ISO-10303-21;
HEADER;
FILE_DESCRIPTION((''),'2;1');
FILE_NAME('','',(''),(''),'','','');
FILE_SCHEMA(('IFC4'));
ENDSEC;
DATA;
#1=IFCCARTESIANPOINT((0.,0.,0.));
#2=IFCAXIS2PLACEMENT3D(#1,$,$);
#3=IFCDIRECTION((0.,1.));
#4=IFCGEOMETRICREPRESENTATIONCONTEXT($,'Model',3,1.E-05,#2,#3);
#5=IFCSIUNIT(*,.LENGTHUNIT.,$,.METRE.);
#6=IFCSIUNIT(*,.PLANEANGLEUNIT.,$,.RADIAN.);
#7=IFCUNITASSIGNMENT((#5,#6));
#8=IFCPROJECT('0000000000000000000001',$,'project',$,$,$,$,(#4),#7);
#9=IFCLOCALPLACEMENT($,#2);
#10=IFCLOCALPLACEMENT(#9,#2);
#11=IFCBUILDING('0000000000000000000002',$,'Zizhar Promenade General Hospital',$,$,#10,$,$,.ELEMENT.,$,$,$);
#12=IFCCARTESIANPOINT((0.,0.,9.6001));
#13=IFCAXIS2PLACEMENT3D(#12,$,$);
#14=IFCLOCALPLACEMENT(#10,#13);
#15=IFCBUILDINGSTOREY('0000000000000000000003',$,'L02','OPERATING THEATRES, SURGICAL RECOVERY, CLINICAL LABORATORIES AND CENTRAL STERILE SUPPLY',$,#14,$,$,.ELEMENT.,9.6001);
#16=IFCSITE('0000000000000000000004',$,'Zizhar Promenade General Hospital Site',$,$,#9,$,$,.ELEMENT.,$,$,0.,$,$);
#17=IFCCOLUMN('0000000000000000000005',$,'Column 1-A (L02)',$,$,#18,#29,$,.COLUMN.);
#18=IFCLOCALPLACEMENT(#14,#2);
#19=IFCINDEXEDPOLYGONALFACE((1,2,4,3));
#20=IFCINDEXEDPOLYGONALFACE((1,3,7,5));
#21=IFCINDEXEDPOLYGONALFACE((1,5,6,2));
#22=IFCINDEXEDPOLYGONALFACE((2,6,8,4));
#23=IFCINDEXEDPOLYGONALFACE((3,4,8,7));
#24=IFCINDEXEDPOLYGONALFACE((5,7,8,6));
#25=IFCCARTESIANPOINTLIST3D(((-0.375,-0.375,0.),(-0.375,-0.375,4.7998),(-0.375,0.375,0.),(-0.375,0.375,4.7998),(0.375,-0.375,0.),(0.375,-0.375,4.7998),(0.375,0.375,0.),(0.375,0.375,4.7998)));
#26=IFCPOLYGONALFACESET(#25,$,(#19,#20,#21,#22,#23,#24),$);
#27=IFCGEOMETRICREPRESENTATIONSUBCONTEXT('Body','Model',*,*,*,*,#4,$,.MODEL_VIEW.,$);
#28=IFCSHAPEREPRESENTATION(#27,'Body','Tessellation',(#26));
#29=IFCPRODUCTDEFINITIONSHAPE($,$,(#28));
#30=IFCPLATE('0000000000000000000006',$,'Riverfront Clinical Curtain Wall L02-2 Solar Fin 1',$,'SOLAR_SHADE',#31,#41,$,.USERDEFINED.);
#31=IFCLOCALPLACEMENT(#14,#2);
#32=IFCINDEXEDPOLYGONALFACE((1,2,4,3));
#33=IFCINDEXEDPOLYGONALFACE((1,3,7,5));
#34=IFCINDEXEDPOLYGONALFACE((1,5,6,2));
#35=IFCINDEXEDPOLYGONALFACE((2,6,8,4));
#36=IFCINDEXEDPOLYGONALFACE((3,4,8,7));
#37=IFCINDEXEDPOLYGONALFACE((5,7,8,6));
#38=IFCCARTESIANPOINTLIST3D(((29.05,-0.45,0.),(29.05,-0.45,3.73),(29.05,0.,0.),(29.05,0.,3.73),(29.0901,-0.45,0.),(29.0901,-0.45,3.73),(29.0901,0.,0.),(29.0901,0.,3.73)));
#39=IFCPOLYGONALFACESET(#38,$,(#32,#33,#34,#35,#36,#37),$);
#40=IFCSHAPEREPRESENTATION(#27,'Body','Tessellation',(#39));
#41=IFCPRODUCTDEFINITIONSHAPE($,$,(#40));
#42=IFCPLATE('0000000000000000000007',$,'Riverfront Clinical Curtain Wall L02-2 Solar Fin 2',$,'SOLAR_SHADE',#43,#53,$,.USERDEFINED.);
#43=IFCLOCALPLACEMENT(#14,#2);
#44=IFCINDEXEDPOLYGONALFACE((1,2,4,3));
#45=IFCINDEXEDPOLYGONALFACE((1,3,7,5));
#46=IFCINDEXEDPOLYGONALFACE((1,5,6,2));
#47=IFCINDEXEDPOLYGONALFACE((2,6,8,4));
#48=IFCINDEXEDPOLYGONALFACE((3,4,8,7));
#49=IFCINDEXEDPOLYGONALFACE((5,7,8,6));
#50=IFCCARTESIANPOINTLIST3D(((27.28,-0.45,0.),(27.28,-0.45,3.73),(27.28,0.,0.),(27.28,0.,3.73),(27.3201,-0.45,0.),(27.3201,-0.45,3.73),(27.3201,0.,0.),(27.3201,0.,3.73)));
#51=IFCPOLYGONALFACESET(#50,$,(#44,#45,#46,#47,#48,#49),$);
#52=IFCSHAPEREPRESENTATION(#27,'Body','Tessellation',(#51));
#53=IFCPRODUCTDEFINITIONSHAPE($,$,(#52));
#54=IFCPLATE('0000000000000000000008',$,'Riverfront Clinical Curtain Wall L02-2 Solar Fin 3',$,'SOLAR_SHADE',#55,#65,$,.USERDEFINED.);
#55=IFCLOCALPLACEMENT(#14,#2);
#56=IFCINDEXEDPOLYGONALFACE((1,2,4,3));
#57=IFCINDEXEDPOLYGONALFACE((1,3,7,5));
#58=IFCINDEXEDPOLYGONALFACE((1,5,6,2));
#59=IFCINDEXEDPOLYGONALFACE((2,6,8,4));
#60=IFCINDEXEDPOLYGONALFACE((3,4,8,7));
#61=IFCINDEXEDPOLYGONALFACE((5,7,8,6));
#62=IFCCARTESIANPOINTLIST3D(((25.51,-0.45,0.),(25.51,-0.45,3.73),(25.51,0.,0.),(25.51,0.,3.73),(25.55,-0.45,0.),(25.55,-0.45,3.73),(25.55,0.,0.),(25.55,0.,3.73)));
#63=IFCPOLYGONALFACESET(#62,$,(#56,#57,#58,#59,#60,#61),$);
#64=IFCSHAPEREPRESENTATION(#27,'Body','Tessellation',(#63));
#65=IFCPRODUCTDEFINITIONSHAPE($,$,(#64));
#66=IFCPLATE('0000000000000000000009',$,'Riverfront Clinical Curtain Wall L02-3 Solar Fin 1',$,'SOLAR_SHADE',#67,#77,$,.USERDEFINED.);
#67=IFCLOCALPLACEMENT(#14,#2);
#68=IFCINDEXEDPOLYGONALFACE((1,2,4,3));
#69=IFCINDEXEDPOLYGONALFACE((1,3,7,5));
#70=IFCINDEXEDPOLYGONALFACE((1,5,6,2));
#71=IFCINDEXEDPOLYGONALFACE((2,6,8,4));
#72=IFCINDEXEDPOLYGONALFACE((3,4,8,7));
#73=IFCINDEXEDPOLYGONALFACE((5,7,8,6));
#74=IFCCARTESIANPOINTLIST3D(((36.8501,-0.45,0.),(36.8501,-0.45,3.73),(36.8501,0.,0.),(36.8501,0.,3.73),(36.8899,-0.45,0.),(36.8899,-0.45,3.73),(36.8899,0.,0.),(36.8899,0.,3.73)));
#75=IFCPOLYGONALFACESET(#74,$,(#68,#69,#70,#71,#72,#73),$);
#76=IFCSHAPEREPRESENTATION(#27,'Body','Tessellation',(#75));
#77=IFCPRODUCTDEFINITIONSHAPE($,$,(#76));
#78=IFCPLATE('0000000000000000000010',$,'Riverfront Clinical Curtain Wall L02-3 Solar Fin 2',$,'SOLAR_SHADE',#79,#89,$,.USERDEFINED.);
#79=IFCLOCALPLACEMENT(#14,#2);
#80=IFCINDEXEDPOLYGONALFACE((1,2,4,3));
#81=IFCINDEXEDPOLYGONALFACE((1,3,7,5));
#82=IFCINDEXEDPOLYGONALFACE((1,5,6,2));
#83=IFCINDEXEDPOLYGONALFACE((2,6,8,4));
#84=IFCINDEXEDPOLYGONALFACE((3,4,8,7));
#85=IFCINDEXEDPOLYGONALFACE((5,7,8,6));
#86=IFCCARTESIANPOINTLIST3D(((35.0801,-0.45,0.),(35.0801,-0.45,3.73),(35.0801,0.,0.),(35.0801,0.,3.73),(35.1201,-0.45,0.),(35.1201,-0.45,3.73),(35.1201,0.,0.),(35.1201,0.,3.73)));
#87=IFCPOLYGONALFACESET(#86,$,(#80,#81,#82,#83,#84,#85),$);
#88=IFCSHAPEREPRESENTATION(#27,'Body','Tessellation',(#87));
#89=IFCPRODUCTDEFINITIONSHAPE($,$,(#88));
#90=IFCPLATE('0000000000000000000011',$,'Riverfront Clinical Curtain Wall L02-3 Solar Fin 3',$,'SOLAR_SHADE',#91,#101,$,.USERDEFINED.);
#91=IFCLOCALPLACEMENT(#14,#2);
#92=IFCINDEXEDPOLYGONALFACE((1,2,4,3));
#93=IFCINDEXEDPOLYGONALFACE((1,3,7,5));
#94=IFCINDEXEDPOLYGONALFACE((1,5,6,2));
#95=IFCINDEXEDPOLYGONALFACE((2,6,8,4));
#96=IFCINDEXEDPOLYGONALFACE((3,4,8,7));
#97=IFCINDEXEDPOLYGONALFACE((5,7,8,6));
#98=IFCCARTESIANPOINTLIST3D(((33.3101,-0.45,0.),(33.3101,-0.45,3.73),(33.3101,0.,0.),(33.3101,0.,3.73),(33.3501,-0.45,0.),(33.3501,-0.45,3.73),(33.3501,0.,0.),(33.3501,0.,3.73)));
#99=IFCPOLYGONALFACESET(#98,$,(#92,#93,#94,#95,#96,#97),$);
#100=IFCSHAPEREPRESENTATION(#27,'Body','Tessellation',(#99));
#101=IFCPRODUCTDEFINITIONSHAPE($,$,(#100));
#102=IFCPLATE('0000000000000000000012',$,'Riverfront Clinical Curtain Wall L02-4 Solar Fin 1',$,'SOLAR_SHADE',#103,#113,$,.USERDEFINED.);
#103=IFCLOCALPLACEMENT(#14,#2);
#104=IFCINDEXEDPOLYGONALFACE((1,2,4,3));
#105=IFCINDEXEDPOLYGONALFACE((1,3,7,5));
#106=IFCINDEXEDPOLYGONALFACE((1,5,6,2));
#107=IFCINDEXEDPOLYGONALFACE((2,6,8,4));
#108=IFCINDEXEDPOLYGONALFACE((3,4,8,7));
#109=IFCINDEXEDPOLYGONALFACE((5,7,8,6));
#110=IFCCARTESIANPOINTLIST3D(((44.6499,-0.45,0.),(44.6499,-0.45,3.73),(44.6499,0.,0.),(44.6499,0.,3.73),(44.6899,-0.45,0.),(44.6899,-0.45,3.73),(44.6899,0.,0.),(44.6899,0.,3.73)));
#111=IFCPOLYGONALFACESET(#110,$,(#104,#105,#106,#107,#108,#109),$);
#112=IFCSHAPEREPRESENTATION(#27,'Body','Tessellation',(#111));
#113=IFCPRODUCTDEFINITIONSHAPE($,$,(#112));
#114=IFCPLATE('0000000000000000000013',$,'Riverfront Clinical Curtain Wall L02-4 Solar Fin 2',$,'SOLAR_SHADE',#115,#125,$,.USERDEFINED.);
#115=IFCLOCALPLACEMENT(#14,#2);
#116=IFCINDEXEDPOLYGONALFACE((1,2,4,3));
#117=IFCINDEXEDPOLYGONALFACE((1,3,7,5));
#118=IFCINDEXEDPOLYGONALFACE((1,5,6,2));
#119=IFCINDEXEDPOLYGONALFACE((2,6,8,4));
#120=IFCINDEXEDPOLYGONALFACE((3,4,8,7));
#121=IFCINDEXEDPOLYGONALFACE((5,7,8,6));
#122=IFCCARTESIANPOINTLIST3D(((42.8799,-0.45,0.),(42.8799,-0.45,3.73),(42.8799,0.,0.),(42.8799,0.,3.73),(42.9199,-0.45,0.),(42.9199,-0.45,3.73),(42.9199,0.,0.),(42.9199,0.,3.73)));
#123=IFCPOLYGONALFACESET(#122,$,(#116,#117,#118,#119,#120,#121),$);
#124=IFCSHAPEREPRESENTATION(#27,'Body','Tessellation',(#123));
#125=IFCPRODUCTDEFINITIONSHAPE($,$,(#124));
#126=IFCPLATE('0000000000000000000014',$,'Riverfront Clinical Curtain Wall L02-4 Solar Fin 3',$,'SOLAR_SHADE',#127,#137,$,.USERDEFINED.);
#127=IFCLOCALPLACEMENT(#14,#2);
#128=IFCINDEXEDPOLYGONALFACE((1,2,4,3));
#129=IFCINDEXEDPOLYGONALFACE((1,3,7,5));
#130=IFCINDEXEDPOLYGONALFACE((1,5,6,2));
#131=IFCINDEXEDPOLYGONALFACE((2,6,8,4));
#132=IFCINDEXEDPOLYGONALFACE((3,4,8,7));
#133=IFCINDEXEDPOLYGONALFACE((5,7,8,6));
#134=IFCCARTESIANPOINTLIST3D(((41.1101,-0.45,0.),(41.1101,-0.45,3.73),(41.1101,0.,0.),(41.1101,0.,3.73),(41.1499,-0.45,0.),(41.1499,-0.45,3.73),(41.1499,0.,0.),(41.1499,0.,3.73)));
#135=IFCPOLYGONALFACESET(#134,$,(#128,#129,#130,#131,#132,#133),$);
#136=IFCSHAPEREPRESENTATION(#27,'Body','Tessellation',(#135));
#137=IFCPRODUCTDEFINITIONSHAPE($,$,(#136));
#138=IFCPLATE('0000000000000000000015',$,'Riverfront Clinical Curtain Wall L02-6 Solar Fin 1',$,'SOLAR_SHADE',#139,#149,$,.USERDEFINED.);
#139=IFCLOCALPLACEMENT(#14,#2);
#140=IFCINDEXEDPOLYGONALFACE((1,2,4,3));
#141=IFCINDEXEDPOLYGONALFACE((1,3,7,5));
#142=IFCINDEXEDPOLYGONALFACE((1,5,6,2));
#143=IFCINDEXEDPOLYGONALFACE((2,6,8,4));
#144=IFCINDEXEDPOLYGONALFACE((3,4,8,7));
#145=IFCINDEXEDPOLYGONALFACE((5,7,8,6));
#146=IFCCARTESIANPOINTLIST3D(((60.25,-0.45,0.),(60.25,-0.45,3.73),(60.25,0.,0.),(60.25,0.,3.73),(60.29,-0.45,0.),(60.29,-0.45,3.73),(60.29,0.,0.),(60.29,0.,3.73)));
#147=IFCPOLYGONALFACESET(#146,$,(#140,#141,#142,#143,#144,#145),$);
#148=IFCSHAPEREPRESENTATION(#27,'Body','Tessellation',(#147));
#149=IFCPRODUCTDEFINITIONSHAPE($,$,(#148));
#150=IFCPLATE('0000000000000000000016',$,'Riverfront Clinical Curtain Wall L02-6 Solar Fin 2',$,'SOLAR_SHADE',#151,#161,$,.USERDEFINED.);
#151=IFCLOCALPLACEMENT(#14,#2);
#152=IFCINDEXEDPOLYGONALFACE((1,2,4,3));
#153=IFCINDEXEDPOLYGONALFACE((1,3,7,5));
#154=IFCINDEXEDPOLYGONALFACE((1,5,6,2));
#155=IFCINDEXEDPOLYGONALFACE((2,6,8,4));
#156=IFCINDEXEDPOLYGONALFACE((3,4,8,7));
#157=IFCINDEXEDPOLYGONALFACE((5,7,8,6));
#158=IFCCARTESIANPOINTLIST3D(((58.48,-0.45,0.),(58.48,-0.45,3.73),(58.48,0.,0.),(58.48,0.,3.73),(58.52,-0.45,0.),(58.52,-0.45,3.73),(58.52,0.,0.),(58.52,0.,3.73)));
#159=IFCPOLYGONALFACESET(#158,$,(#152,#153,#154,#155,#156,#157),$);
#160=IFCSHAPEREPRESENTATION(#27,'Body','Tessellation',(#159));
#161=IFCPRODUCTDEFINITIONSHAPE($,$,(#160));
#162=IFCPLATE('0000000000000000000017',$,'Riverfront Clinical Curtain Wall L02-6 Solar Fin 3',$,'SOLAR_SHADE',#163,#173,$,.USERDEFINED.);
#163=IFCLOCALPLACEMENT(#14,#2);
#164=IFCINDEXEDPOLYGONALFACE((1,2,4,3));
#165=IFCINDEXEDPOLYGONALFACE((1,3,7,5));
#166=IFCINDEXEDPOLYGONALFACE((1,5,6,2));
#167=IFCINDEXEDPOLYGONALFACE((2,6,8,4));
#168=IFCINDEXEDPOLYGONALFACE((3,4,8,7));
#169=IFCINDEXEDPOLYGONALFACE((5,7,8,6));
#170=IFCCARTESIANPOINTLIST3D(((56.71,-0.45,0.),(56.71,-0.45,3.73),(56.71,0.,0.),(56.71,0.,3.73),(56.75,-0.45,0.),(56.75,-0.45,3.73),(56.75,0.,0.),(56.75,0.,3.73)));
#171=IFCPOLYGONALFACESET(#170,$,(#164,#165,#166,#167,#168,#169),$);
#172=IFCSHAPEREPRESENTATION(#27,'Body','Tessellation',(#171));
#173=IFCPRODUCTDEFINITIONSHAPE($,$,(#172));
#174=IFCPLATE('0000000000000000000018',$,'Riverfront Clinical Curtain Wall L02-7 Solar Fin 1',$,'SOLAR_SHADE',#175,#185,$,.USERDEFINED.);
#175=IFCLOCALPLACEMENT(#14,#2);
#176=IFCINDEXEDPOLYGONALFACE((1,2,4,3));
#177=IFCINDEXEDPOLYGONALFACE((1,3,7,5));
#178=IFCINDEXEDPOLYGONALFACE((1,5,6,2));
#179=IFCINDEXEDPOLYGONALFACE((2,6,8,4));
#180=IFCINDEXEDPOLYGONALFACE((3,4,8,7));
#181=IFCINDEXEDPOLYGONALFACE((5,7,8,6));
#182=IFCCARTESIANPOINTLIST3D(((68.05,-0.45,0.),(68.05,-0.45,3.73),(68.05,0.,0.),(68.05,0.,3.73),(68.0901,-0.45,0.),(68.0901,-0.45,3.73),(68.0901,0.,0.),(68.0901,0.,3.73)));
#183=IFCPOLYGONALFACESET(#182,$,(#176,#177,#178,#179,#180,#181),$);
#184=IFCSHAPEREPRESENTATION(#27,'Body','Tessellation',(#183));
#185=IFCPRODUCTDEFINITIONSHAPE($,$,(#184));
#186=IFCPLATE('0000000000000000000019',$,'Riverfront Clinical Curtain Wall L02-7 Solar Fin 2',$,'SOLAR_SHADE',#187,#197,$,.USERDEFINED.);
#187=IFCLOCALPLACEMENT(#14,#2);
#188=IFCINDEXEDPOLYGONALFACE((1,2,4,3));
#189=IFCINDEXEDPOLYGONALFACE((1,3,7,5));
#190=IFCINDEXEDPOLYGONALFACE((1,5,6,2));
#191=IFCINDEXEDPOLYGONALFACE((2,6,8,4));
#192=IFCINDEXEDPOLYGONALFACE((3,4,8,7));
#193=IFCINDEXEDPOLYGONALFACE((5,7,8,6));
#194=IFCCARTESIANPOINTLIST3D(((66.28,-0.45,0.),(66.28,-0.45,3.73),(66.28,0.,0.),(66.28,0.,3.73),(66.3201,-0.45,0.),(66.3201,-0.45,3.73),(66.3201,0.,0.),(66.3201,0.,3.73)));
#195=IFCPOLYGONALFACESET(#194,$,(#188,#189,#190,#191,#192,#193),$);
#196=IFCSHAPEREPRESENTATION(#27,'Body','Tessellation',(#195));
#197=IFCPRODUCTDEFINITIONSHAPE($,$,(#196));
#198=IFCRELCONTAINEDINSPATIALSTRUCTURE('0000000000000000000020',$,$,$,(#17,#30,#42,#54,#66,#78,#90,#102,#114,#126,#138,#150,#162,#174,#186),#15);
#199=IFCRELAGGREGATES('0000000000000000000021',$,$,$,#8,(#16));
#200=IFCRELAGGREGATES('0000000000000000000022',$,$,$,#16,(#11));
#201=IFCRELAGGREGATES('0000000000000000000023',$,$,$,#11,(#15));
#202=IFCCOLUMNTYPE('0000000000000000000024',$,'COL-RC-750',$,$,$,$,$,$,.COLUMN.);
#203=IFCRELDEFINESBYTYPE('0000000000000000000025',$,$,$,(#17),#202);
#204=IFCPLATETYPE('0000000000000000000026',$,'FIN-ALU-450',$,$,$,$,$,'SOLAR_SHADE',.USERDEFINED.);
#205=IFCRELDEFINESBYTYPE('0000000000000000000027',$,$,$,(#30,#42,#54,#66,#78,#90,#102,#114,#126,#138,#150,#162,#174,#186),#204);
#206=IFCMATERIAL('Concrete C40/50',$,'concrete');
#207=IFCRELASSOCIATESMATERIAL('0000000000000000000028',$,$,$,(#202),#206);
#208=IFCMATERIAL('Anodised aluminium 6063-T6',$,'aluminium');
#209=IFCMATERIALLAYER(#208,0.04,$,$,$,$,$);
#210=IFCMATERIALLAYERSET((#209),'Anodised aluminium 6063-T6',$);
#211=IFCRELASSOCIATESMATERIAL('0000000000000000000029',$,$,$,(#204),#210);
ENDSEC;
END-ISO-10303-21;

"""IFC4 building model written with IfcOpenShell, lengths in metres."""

from ifc_helpers import new_model, si_unit, direction, frame, origin, origin_with_axes, origin_2d, place, context, subcontext, project, spatial, polyline, rectangle, outline, extrude, material, layer, layer_set, material_profile, profile_set, type_object, element, save


model = new_model("IFC4")

# Units and contexts
model_context = context("Model", 3, precision=1e-05, world=origin(), true_north=direction((0.0, 1.0)))
body_context = subcontext(model_context, "Body", "Model", "MODEL_VIEW")
ifc_project = project(units=[si_unit("LENGTHUNIT", "METRE"), si_unit("PLANEANGLEUNIT", "RADIAN")], contexts=[model_context])

# Site, building, storey
site_placement = place(None, origin())
site = spatial("IfcSite", under=ifc_project, at=site_placement, Name="Zizhar Promenade General Hospital Site", CompositionType="ELEMENT", RefElevation=0.0)
building_placement = place(site_placement, origin())
building = spatial("IfcBuilding", under=site, at=building_placement, Name="Zizhar Promenade General Hospital", CompositionType="ELEMENT")
storey_placement = place(building_placement, frame((0.0, 0.0, 9.6001)))
storey = spatial("IfcBuildingStorey", under=building, at=storey_placement, Name="L02", Description="OPERATING THEATRES, SURGICAL RECOVERY, CLINICAL LABORATORIES AND CENTRAL STERILE SUPPLY", CompositionType="ELEMENT", Elevation=9.6001)

# Column
ifc_material_1 = material(Name="Concrete C40/50", Category="concrete")
ifc_material_profile = material_profile(ifc_material_1, rectangle(XDim=0.75, YDim=0.75, at=origin_2d()))
ifc_profile_set = profile_set([ifc_material_profile], Name="Concrete C40/50")
column_type = type_object("IfcColumnType", Name="COL-RC-750", PredefinedType="COLUMN", material=ifc_profile_set)
column_placement = place(storey_placement, origin_with_axes())
element("IfcColumn", 1, at=column_placement, inside=storey, type_object=column_type, Name="Column 1-A (L02)", PredefinedType="COLUMN", context=body_context, shape_type="SweptSolid", body=[
    extrude(rectangle(XDim=0.75, YDim=0.75, at=origin_2d()), origin(), (0.0, 0.0, 1.0), 4.7998),
])

# Plates
ifc_material_2 = material(Name="Anodised aluminium 6063-T6", Category="aluminium")
ifc_layer_1 = layer(ifc_material_2, 0.04)
ifc_layer_set_1 = layer_set([ifc_layer_1], Name="Anodised aluminium 6063-T6")
plate_type = type_object("IfcPlateType", Name="FIN-ALU-450", ElementType="SOLAR_SHADE", PredefinedType="USERDEFINED", material=ifc_layer_set_1)
plate_1_placement = place(storey_placement, origin())
element("IfcPlate", 2, at=plate_1_placement, inside=storey, type_object=plate_type, Name="Riverfront Clinical Curtain Wall L02-2 Solar Fin 1", ObjectType="SOLAR_SHADE", PredefinedType="USERDEFINED", context=body_context, shape_type="SweptSolid", body=[
    extrude(outline(polyline([(29.0901, 0.0), (29.05, 0.0), (29.05, -0.45), (29.0901, -0.45), (29.0901, 0.0)])), origin(), (0.0, 0.0, 1.0), 3.73),
])
plate_2_placement = place(storey_placement, origin())
element("IfcPlate", 3, at=plate_2_placement, inside=storey, type_object=plate_type, Name="Riverfront Clinical Curtain Wall L02-2 Solar Fin 2", ObjectType="SOLAR_SHADE", PredefinedType="USERDEFINED", context=body_context, shape_type="SweptSolid", body=[
    extrude(outline(polyline([(27.3201, 0.0), (27.28, 0.0), (27.28, -0.45), (27.3201, -0.45), (27.3201, 0.0)])), origin(), (0.0, 0.0, 1.0), 3.73),
])
plate_3_placement = place(storey_placement, origin())
element("IfcPlate", 4, at=plate_3_placement, inside=storey, type_object=plate_type, Name="Riverfront Clinical Curtain Wall L02-2 Solar Fin 3", ObjectType="SOLAR_SHADE", PredefinedType="USERDEFINED", context=body_context, shape_type="SweptSolid", body=[
    extrude(outline(polyline([(25.55, 0.0), (25.51, 0.0), (25.51, -0.45), (25.55, -0.45), (25.55, 0.0)])), origin(), (0.0, 0.0, 1.0), 3.73),
])
plate_4_placement = place(storey_placement, origin())
element("IfcPlate", 5, at=plate_4_placement, inside=storey, type_object=plate_type, Name="Riverfront Clinical Curtain Wall L02-3 Solar Fin 1", ObjectType="SOLAR_SHADE", PredefinedType="USERDEFINED", context=body_context, shape_type="SweptSolid", body=[
    extrude(outline(polyline([(36.8899, 0.0), (36.8501, 0.0), (36.8501, -0.45), (36.8899, -0.45), (36.8899, 0.0)])), origin(), (0.0, 0.0, 1.0), 3.73),
])
plate_5_placement = place(storey_placement, origin())
element("IfcPlate", 6, at=plate_5_placement, inside=storey, type_object=plate_type, Name="Riverfront Clinical Curtain Wall L02-3 Solar Fin 2", ObjectType="SOLAR_SHADE", PredefinedType="USERDEFINED", context=body_context, shape_type="SweptSolid", body=[
    extrude(outline(polyline([(35.1201, 0.0), (35.0801, 0.0), (35.0801, -0.45), (35.1201, -0.45), (35.1201, 0.0)])), origin(), (0.0, 0.0, 1.0), 3.73),
])
plate_6_placement = place(storey_placement, origin())
element("IfcPlate", 7, at=plate_6_placement, inside=storey, type_object=plate_type, Name="Riverfront Clinical Curtain Wall L02-3 Solar Fin 3", ObjectType="SOLAR_SHADE", PredefinedType="USERDEFINED", context=body_context, shape_type="SweptSolid", body=[
    extrude(outline(polyline([(33.3501, 0.0), (33.3101, 0.0), (33.3101, -0.45), (33.3501, -0.45), (33.3501, 0.0)])), origin(), (0.0, 0.0, 1.0), 3.73),
])
plate_7_placement = place(storey_placement, origin())
element("IfcPlate", 8, at=plate_7_placement, inside=storey, type_object=plate_type, Name="Riverfront Clinical Curtain Wall L02-4 Solar Fin 1", ObjectType="SOLAR_SHADE", PredefinedType="USERDEFINED", context=body_context, shape_type="SweptSolid", body=[
    extrude(outline(polyline([(44.6899, 0.0), (44.6499, 0.0), (44.6499, -0.45), (44.6899, -0.45), (44.6899, 0.0)])), origin(), (0.0, 0.0, 1.0), 3.73),
])
plate_8_placement = place(storey_placement, origin())
element("IfcPlate", 9, at=plate_8_placement, inside=storey, type_object=plate_type, Name="Riverfront Clinical Curtain Wall L02-4 Solar Fin 2", ObjectType="SOLAR_SHADE", PredefinedType="USERDEFINED", context=body_context, shape_type="SweptSolid", body=[
    extrude(outline(polyline([(42.9199, 0.0), (42.8799, 0.0), (42.8799, -0.45), (42.9199, -0.45), (42.9199, 0.0)])), origin(), (0.0, 0.0, 1.0), 3.73),
])
plate_9_placement = place(storey_placement, origin())
element("IfcPlate", 10, at=plate_9_placement, inside=storey, type_object=plate_type, Name="Riverfront Clinical Curtain Wall L02-4 Solar Fin 3", ObjectType="SOLAR_SHADE", PredefinedType="USERDEFINED", context=body_context, shape_type="SweptSolid", body=[
    extrude(outline(polyline([(41.1499, 0.0), (41.1101, 0.0), (41.1101, -0.45), (41.1499, -0.45), (41.1499, 0.0)])), origin(), (0.0, 0.0, 1.0), 3.73),
])
plate_10_placement = place(storey_placement, origin())
element("IfcPlate", 11, at=plate_10_placement, inside=storey, type_object=plate_type, Name="Riverfront Clinical Curtain Wall L02-6 Solar Fin 1", ObjectType="SOLAR_SHADE", PredefinedType="USERDEFINED", context=body_context, shape_type="SweptSolid", body=[
    extrude(outline(polyline([(60.29, 0.0), (60.25, 0.0), (60.25, -0.45), (60.29, -0.45), (60.29, 0.0)])), origin(), (0.0, 0.0, 1.0), 3.73),
])
plate_11_placement = place(storey_placement, origin())
element("IfcPlate", 12, at=plate_11_placement, inside=storey, type_object=plate_type, Name="Riverfront Clinical Curtain Wall L02-6 Solar Fin 2", ObjectType="SOLAR_SHADE", PredefinedType="USERDEFINED", context=body_context, shape_type="SweptSolid", body=[
    extrude(outline(polyline([(58.52, 0.0), (58.48, 0.0), (58.48, -0.45), (58.52, -0.45), (58.52, 0.0)])), origin(), (0.0, 0.0, 1.0), 3.73),
])
plate_12_placement = place(storey_placement, origin())
element("IfcPlate", 13, at=plate_12_placement, inside=storey, type_object=plate_type, Name="Riverfront Clinical Curtain Wall L02-6 Solar Fin 3", ObjectType="SOLAR_SHADE", PredefinedType="USERDEFINED", context=body_context, shape_type="SweptSolid", body=[
    extrude(outline(polyline([(56.75, 0.0), (56.71, 0.0), (56.71, -0.45), (56.75, -0.45), (56.75, 0.0)])), origin(), (0.0, 0.0, 1.0), 3.73),
])
plate_13_placement = place(storey_placement, origin())
element("IfcPlate", 14, at=plate_13_placement, inside=storey, type_object=plate_type, Name="Riverfront Clinical Curtain Wall L02-7 Solar Fin 1", ObjectType="SOLAR_SHADE", PredefinedType="USERDEFINED", context=body_context, shape_type="SweptSolid", body=[
    extrude(outline(polyline([(68.0901, 0.0), (68.05, 0.0), (68.05, -0.45), (68.0901, -0.45), (68.0901, 0.0)])), origin(), (0.0, 0.0, 1.0), 3.73),
])
plate_14_placement = place(storey_placement, origin())
element("IfcPlate", 15, at=plate_14_placement, inside=storey, type_object=plate_type, Name="Riverfront Clinical Curtain Wall L02-7 Solar Fin 2", ObjectType="SOLAR_SHADE", PredefinedType="USERDEFINED", context=body_context, shape_type="SweptSolid", body=[
    extrude(outline(polyline([(66.3201, 0.0), (66.28, 0.0), (66.28, -0.45), (66.3201, -0.45), (66.3201, 0.0)])), origin(), (0.0, 0.0, 1.0), 3.73),
])

save(model, "model.ifc")
